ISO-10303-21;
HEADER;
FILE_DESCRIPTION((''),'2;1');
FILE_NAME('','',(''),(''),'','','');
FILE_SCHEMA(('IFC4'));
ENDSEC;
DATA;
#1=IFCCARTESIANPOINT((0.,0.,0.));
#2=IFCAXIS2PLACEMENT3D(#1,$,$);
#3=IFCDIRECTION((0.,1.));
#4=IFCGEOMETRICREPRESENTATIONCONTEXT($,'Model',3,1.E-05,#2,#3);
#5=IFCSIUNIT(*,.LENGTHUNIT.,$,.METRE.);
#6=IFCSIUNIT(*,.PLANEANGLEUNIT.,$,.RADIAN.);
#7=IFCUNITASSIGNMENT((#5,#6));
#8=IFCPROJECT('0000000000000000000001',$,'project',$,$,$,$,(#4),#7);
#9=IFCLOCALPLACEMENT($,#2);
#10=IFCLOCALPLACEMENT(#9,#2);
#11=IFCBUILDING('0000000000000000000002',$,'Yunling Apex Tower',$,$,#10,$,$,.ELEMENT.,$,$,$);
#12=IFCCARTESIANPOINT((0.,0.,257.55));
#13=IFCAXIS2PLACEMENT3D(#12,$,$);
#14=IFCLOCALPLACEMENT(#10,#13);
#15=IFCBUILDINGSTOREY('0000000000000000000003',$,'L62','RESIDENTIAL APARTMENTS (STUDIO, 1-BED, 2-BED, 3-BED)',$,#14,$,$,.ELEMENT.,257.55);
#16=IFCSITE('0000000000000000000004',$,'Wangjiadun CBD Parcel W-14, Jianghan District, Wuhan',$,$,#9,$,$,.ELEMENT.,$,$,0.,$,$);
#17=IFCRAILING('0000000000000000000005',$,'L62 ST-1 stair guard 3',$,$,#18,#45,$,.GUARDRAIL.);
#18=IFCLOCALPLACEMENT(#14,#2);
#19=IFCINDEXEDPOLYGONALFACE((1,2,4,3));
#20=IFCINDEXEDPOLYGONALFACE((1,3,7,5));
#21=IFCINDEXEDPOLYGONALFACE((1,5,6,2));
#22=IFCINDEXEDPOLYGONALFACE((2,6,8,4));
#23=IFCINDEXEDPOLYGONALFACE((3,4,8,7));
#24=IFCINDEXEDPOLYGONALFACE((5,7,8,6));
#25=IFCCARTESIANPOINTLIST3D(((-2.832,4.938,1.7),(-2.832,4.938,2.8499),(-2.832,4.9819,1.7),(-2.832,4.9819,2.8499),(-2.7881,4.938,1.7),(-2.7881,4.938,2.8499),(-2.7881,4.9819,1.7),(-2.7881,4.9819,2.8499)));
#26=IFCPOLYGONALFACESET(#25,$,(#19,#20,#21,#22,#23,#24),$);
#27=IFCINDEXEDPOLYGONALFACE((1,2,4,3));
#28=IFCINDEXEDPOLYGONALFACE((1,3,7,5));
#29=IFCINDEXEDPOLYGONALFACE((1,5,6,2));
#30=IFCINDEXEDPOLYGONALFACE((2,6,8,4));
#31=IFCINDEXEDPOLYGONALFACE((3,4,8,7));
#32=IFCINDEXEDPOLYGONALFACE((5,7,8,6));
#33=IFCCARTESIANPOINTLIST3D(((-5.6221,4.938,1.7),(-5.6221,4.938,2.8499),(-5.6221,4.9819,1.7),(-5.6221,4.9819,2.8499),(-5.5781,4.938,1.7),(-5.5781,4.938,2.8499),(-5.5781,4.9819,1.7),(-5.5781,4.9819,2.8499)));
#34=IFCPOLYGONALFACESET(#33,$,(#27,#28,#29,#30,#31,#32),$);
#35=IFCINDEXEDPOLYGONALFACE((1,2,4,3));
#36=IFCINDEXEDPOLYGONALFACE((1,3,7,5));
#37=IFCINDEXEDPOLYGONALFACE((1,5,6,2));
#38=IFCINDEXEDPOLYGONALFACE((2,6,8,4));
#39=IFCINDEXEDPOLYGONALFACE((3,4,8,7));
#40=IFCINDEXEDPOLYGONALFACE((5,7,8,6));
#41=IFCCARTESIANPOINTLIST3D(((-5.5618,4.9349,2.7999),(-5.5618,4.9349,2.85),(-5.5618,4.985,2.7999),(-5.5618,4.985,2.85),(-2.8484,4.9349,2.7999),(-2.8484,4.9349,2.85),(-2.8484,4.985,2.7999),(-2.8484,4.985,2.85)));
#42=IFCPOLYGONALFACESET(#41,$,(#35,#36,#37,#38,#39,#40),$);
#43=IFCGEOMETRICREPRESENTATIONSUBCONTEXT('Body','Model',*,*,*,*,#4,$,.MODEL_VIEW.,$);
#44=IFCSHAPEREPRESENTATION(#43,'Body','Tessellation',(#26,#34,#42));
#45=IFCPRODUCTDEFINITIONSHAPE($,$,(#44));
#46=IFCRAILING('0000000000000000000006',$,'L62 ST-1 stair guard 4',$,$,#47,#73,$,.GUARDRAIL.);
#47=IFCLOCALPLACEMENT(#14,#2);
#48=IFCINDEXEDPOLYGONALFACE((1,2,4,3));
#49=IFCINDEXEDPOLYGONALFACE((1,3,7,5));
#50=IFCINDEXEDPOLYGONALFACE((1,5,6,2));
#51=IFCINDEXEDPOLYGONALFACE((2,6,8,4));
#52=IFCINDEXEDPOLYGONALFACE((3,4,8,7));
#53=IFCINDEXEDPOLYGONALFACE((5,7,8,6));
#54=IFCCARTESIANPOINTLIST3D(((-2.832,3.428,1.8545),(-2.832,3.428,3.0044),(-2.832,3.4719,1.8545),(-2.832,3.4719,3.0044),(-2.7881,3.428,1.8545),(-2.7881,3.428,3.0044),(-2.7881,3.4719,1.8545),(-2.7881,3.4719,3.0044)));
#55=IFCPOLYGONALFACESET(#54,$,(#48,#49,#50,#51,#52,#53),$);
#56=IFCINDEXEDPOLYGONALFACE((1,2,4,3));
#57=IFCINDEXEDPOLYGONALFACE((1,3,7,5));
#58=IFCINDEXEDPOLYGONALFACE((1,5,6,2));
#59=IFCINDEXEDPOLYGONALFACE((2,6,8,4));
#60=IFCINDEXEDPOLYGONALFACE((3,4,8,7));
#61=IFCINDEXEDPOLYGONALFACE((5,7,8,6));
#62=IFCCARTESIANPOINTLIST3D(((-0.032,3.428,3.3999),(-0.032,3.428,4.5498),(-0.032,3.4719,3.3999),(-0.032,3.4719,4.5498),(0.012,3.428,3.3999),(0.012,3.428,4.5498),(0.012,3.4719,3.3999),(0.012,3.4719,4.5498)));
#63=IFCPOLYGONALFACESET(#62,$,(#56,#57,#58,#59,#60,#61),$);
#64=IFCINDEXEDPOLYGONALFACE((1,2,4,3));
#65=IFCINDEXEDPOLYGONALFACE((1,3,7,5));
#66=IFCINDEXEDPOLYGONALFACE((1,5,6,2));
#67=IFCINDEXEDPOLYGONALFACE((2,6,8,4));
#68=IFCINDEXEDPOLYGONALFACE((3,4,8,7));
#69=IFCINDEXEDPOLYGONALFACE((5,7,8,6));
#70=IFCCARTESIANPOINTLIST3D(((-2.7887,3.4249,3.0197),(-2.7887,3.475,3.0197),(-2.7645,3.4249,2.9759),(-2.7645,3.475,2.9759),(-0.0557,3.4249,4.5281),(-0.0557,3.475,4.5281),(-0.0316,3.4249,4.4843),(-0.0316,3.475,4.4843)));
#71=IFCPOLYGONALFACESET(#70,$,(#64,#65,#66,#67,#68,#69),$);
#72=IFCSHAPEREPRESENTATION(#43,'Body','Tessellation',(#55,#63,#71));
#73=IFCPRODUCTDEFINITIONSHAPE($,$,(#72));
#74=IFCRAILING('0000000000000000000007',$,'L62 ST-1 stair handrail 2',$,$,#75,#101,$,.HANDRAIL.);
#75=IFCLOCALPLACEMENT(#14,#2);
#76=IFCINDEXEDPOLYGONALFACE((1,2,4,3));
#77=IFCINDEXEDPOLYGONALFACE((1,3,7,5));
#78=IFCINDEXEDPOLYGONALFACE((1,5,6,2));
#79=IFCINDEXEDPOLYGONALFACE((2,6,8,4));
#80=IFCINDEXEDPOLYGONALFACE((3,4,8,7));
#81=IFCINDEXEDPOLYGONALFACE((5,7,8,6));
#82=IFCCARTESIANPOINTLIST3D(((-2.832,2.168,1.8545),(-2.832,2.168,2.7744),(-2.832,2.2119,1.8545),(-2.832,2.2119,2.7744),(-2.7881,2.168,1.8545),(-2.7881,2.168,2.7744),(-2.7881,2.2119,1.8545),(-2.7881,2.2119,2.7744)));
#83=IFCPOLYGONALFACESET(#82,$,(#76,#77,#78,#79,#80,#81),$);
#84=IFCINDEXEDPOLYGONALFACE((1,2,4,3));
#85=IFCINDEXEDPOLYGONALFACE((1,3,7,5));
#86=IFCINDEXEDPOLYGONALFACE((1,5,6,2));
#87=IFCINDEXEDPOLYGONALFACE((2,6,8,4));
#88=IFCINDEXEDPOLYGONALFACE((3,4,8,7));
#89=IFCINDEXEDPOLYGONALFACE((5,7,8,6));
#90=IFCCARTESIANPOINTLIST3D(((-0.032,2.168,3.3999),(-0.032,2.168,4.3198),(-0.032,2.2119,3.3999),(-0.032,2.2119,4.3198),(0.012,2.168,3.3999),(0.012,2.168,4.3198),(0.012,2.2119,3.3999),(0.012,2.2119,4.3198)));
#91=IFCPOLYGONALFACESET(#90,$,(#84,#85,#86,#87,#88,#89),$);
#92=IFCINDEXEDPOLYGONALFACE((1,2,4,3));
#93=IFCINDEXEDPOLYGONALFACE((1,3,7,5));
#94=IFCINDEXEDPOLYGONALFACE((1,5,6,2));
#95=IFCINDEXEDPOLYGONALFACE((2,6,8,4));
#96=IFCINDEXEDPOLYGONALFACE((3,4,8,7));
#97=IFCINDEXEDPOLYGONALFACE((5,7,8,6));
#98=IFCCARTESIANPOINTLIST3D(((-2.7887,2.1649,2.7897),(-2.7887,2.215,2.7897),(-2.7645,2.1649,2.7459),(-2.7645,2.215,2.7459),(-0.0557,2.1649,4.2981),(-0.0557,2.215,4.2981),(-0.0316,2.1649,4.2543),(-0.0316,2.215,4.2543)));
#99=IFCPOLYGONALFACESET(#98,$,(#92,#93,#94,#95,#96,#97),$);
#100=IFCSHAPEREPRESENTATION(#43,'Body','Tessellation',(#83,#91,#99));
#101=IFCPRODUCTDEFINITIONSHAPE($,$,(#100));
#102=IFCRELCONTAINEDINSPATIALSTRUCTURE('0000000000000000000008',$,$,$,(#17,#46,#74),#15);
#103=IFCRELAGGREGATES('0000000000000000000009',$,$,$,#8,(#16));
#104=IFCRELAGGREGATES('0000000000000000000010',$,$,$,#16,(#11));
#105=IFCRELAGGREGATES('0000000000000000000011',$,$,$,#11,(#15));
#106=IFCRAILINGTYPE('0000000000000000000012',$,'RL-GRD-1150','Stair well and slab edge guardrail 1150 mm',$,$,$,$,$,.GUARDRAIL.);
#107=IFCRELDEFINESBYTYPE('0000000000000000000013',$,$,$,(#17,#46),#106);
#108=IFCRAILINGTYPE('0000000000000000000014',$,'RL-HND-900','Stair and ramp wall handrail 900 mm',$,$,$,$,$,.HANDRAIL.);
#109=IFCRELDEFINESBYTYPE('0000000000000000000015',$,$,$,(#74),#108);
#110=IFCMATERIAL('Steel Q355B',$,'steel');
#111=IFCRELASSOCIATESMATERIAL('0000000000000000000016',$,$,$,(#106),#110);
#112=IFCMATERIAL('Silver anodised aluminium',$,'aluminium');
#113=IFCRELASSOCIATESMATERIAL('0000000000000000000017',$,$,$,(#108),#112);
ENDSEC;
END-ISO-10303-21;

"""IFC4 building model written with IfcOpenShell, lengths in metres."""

from ifc_helpers import new_model, si_unit, direction, frame, origin, origin_2d, place, context, subcontext, project, spatial, rectangle, extrude, material, type_object, element, save


model = new_model("IFC4")

# Units and contexts
model_context = context("Model", 3, precision=1e-05, world=origin(), true_north=direction((0.0, 1.0)))
body_context = subcontext(model_context, "Body", "Model", "MODEL_VIEW")
ifc_project = project(units=[si_unit("LENGTHUNIT", "METRE"), si_unit("PLANEANGLEUNIT", "RADIAN")], contexts=[model_context])

# Site, building, storey
site_placement = place(None, origin())
site = spatial("IfcSite", under=ifc_project, at=site_placement, Name="Wangjiadun CBD Parcel W-14, Jianghan District, Wuhan", CompositionType="ELEMENT", RefElevation=0.0)
building_placement = place(site_placement, origin())
building = spatial("IfcBuilding", under=site, at=building_placement, Name="Yunling Apex Tower", CompositionType="ELEMENT")
storey_placement = place(building_placement, frame((0.0, 0.0, 257.55)))
storey = spatial("IfcBuildingStorey", under=building, at=storey_placement, Name="L62", Description="RESIDENTIAL APARTMENTS (STUDIO, 1-BED, 2-BED, 3-BED)", CompositionType="ELEMENT", Elevation=257.55)

# Shared definitions
ifc_material_1 = material(Name="Steel Q355B", Category="steel")

# Shared definitions
ifc_material_2 = material(Name="Silver anodised aluminium", Category="aluminium")

# Railings
railing_type_1 = type_object("IfcRailingType", Name="RL-GRD-1150", Description="Stair well and slab edge guardrail 1150 mm", PredefinedType="GUARDRAIL", material=ifc_material_1)
railing_1_placement = place(storey_placement, frame((-2.8101, 4.96, 1.7)))
element("IfcRailing", 1, at=railing_1_placement, inside=storey, type_object=railing_type_1, Name="L62 ST-1 stair guard 3", PredefinedType="GUARDRAIL", context=body_context, shape_type="SweptSolid", body=[
    extrude(rectangle(XDim=0.0439, YDim=0.0439, at=origin_2d()), origin(), (0.0, 0.0, 1.0), 1.1499),
    extrude(rectangle(XDim=0.0439, YDim=0.0439, at=origin_2d()), frame((-2.79, 0.0, 0.0)), (0.0, 0.0, 1.0), 1.1499),
    extrude(rectangle(XDim=0.05, YDim=0.05, at=origin_2d()), frame((-0.0383, 0.0, 1.125), z_axis=(-1.0, 0.0, 0.0), x_axis=(0.0, -1.0, 0.0)), (0.0, 0.0, 1.0), 2.7134),
])
railing_2_placement = place(storey_placement, frame((-2.8101, 3.45, 1.8545)))
element("IfcRailing", 2, at=railing_2_placement, inside=storey, type_object=railing_type_1, Name="L62 ST-1 stair guard 4", PredefinedType="GUARDRAIL", context=body_context, shape_type="SweptSolid", body=[
    extrude(rectangle(XDim=0.0439, YDim=0.0439, at=origin_2d()), origin(), (0.0, 0.0, 1.0), 1.1499),
    extrude(rectangle(XDim=0.0439, YDim=0.0439, at=origin_2d()), frame((2.8, 0.0, 1.5454)), (0.0, 0.0, 1.0), 1.1499),
    extrude(rectangle(XDim=0.05, YDim=0.05, at=origin_2d()), frame((0.0334, 0.0, 1.1433), z_axis=(0.875504, 0.0, 0.483211), x_axis=(0.0, 1.0, 0.0)), (0.0, 0.0, 1.0), 3.1216),
])
railing_type_2 = type_object("IfcRailingType", Name="RL-HND-900", Description="Stair and ramp wall handrail 900 mm", PredefinedType="HANDRAIL", material=ifc_material_2)
railing_3_placement = place(storey_placement, frame((-2.8101, 2.1899, 1.8545)))
element("IfcRailing", 3, at=railing_3_placement, inside=storey, type_object=railing_type_2, Name="L62 ST-1 stair handrail 2", PredefinedType="HANDRAIL", context=body_context, shape_type="SweptSolid", body=[
    extrude(rectangle(XDim=0.0439, YDim=0.0439, at=origin_2d()), origin(), (0.0, 0.0, 1.0), 0.9199),
    extrude(rectangle(XDim=0.0439, YDim=0.0439, at=origin_2d()), frame((2.8, 0.0, 1.5454)), (0.0, 0.0, 1.0), 0.9199),
    extrude(rectangle(XDim=0.05, YDim=0.05, at=origin_2d()), frame((0.0334, 0.0, 0.9133), z_axis=(0.875504, 0.0, 0.483211), x_axis=(0.0, 1.0, 0.0)), (0.0, 0.0, 1.0), 3.1216),
])

save(model, "model.ifc")
